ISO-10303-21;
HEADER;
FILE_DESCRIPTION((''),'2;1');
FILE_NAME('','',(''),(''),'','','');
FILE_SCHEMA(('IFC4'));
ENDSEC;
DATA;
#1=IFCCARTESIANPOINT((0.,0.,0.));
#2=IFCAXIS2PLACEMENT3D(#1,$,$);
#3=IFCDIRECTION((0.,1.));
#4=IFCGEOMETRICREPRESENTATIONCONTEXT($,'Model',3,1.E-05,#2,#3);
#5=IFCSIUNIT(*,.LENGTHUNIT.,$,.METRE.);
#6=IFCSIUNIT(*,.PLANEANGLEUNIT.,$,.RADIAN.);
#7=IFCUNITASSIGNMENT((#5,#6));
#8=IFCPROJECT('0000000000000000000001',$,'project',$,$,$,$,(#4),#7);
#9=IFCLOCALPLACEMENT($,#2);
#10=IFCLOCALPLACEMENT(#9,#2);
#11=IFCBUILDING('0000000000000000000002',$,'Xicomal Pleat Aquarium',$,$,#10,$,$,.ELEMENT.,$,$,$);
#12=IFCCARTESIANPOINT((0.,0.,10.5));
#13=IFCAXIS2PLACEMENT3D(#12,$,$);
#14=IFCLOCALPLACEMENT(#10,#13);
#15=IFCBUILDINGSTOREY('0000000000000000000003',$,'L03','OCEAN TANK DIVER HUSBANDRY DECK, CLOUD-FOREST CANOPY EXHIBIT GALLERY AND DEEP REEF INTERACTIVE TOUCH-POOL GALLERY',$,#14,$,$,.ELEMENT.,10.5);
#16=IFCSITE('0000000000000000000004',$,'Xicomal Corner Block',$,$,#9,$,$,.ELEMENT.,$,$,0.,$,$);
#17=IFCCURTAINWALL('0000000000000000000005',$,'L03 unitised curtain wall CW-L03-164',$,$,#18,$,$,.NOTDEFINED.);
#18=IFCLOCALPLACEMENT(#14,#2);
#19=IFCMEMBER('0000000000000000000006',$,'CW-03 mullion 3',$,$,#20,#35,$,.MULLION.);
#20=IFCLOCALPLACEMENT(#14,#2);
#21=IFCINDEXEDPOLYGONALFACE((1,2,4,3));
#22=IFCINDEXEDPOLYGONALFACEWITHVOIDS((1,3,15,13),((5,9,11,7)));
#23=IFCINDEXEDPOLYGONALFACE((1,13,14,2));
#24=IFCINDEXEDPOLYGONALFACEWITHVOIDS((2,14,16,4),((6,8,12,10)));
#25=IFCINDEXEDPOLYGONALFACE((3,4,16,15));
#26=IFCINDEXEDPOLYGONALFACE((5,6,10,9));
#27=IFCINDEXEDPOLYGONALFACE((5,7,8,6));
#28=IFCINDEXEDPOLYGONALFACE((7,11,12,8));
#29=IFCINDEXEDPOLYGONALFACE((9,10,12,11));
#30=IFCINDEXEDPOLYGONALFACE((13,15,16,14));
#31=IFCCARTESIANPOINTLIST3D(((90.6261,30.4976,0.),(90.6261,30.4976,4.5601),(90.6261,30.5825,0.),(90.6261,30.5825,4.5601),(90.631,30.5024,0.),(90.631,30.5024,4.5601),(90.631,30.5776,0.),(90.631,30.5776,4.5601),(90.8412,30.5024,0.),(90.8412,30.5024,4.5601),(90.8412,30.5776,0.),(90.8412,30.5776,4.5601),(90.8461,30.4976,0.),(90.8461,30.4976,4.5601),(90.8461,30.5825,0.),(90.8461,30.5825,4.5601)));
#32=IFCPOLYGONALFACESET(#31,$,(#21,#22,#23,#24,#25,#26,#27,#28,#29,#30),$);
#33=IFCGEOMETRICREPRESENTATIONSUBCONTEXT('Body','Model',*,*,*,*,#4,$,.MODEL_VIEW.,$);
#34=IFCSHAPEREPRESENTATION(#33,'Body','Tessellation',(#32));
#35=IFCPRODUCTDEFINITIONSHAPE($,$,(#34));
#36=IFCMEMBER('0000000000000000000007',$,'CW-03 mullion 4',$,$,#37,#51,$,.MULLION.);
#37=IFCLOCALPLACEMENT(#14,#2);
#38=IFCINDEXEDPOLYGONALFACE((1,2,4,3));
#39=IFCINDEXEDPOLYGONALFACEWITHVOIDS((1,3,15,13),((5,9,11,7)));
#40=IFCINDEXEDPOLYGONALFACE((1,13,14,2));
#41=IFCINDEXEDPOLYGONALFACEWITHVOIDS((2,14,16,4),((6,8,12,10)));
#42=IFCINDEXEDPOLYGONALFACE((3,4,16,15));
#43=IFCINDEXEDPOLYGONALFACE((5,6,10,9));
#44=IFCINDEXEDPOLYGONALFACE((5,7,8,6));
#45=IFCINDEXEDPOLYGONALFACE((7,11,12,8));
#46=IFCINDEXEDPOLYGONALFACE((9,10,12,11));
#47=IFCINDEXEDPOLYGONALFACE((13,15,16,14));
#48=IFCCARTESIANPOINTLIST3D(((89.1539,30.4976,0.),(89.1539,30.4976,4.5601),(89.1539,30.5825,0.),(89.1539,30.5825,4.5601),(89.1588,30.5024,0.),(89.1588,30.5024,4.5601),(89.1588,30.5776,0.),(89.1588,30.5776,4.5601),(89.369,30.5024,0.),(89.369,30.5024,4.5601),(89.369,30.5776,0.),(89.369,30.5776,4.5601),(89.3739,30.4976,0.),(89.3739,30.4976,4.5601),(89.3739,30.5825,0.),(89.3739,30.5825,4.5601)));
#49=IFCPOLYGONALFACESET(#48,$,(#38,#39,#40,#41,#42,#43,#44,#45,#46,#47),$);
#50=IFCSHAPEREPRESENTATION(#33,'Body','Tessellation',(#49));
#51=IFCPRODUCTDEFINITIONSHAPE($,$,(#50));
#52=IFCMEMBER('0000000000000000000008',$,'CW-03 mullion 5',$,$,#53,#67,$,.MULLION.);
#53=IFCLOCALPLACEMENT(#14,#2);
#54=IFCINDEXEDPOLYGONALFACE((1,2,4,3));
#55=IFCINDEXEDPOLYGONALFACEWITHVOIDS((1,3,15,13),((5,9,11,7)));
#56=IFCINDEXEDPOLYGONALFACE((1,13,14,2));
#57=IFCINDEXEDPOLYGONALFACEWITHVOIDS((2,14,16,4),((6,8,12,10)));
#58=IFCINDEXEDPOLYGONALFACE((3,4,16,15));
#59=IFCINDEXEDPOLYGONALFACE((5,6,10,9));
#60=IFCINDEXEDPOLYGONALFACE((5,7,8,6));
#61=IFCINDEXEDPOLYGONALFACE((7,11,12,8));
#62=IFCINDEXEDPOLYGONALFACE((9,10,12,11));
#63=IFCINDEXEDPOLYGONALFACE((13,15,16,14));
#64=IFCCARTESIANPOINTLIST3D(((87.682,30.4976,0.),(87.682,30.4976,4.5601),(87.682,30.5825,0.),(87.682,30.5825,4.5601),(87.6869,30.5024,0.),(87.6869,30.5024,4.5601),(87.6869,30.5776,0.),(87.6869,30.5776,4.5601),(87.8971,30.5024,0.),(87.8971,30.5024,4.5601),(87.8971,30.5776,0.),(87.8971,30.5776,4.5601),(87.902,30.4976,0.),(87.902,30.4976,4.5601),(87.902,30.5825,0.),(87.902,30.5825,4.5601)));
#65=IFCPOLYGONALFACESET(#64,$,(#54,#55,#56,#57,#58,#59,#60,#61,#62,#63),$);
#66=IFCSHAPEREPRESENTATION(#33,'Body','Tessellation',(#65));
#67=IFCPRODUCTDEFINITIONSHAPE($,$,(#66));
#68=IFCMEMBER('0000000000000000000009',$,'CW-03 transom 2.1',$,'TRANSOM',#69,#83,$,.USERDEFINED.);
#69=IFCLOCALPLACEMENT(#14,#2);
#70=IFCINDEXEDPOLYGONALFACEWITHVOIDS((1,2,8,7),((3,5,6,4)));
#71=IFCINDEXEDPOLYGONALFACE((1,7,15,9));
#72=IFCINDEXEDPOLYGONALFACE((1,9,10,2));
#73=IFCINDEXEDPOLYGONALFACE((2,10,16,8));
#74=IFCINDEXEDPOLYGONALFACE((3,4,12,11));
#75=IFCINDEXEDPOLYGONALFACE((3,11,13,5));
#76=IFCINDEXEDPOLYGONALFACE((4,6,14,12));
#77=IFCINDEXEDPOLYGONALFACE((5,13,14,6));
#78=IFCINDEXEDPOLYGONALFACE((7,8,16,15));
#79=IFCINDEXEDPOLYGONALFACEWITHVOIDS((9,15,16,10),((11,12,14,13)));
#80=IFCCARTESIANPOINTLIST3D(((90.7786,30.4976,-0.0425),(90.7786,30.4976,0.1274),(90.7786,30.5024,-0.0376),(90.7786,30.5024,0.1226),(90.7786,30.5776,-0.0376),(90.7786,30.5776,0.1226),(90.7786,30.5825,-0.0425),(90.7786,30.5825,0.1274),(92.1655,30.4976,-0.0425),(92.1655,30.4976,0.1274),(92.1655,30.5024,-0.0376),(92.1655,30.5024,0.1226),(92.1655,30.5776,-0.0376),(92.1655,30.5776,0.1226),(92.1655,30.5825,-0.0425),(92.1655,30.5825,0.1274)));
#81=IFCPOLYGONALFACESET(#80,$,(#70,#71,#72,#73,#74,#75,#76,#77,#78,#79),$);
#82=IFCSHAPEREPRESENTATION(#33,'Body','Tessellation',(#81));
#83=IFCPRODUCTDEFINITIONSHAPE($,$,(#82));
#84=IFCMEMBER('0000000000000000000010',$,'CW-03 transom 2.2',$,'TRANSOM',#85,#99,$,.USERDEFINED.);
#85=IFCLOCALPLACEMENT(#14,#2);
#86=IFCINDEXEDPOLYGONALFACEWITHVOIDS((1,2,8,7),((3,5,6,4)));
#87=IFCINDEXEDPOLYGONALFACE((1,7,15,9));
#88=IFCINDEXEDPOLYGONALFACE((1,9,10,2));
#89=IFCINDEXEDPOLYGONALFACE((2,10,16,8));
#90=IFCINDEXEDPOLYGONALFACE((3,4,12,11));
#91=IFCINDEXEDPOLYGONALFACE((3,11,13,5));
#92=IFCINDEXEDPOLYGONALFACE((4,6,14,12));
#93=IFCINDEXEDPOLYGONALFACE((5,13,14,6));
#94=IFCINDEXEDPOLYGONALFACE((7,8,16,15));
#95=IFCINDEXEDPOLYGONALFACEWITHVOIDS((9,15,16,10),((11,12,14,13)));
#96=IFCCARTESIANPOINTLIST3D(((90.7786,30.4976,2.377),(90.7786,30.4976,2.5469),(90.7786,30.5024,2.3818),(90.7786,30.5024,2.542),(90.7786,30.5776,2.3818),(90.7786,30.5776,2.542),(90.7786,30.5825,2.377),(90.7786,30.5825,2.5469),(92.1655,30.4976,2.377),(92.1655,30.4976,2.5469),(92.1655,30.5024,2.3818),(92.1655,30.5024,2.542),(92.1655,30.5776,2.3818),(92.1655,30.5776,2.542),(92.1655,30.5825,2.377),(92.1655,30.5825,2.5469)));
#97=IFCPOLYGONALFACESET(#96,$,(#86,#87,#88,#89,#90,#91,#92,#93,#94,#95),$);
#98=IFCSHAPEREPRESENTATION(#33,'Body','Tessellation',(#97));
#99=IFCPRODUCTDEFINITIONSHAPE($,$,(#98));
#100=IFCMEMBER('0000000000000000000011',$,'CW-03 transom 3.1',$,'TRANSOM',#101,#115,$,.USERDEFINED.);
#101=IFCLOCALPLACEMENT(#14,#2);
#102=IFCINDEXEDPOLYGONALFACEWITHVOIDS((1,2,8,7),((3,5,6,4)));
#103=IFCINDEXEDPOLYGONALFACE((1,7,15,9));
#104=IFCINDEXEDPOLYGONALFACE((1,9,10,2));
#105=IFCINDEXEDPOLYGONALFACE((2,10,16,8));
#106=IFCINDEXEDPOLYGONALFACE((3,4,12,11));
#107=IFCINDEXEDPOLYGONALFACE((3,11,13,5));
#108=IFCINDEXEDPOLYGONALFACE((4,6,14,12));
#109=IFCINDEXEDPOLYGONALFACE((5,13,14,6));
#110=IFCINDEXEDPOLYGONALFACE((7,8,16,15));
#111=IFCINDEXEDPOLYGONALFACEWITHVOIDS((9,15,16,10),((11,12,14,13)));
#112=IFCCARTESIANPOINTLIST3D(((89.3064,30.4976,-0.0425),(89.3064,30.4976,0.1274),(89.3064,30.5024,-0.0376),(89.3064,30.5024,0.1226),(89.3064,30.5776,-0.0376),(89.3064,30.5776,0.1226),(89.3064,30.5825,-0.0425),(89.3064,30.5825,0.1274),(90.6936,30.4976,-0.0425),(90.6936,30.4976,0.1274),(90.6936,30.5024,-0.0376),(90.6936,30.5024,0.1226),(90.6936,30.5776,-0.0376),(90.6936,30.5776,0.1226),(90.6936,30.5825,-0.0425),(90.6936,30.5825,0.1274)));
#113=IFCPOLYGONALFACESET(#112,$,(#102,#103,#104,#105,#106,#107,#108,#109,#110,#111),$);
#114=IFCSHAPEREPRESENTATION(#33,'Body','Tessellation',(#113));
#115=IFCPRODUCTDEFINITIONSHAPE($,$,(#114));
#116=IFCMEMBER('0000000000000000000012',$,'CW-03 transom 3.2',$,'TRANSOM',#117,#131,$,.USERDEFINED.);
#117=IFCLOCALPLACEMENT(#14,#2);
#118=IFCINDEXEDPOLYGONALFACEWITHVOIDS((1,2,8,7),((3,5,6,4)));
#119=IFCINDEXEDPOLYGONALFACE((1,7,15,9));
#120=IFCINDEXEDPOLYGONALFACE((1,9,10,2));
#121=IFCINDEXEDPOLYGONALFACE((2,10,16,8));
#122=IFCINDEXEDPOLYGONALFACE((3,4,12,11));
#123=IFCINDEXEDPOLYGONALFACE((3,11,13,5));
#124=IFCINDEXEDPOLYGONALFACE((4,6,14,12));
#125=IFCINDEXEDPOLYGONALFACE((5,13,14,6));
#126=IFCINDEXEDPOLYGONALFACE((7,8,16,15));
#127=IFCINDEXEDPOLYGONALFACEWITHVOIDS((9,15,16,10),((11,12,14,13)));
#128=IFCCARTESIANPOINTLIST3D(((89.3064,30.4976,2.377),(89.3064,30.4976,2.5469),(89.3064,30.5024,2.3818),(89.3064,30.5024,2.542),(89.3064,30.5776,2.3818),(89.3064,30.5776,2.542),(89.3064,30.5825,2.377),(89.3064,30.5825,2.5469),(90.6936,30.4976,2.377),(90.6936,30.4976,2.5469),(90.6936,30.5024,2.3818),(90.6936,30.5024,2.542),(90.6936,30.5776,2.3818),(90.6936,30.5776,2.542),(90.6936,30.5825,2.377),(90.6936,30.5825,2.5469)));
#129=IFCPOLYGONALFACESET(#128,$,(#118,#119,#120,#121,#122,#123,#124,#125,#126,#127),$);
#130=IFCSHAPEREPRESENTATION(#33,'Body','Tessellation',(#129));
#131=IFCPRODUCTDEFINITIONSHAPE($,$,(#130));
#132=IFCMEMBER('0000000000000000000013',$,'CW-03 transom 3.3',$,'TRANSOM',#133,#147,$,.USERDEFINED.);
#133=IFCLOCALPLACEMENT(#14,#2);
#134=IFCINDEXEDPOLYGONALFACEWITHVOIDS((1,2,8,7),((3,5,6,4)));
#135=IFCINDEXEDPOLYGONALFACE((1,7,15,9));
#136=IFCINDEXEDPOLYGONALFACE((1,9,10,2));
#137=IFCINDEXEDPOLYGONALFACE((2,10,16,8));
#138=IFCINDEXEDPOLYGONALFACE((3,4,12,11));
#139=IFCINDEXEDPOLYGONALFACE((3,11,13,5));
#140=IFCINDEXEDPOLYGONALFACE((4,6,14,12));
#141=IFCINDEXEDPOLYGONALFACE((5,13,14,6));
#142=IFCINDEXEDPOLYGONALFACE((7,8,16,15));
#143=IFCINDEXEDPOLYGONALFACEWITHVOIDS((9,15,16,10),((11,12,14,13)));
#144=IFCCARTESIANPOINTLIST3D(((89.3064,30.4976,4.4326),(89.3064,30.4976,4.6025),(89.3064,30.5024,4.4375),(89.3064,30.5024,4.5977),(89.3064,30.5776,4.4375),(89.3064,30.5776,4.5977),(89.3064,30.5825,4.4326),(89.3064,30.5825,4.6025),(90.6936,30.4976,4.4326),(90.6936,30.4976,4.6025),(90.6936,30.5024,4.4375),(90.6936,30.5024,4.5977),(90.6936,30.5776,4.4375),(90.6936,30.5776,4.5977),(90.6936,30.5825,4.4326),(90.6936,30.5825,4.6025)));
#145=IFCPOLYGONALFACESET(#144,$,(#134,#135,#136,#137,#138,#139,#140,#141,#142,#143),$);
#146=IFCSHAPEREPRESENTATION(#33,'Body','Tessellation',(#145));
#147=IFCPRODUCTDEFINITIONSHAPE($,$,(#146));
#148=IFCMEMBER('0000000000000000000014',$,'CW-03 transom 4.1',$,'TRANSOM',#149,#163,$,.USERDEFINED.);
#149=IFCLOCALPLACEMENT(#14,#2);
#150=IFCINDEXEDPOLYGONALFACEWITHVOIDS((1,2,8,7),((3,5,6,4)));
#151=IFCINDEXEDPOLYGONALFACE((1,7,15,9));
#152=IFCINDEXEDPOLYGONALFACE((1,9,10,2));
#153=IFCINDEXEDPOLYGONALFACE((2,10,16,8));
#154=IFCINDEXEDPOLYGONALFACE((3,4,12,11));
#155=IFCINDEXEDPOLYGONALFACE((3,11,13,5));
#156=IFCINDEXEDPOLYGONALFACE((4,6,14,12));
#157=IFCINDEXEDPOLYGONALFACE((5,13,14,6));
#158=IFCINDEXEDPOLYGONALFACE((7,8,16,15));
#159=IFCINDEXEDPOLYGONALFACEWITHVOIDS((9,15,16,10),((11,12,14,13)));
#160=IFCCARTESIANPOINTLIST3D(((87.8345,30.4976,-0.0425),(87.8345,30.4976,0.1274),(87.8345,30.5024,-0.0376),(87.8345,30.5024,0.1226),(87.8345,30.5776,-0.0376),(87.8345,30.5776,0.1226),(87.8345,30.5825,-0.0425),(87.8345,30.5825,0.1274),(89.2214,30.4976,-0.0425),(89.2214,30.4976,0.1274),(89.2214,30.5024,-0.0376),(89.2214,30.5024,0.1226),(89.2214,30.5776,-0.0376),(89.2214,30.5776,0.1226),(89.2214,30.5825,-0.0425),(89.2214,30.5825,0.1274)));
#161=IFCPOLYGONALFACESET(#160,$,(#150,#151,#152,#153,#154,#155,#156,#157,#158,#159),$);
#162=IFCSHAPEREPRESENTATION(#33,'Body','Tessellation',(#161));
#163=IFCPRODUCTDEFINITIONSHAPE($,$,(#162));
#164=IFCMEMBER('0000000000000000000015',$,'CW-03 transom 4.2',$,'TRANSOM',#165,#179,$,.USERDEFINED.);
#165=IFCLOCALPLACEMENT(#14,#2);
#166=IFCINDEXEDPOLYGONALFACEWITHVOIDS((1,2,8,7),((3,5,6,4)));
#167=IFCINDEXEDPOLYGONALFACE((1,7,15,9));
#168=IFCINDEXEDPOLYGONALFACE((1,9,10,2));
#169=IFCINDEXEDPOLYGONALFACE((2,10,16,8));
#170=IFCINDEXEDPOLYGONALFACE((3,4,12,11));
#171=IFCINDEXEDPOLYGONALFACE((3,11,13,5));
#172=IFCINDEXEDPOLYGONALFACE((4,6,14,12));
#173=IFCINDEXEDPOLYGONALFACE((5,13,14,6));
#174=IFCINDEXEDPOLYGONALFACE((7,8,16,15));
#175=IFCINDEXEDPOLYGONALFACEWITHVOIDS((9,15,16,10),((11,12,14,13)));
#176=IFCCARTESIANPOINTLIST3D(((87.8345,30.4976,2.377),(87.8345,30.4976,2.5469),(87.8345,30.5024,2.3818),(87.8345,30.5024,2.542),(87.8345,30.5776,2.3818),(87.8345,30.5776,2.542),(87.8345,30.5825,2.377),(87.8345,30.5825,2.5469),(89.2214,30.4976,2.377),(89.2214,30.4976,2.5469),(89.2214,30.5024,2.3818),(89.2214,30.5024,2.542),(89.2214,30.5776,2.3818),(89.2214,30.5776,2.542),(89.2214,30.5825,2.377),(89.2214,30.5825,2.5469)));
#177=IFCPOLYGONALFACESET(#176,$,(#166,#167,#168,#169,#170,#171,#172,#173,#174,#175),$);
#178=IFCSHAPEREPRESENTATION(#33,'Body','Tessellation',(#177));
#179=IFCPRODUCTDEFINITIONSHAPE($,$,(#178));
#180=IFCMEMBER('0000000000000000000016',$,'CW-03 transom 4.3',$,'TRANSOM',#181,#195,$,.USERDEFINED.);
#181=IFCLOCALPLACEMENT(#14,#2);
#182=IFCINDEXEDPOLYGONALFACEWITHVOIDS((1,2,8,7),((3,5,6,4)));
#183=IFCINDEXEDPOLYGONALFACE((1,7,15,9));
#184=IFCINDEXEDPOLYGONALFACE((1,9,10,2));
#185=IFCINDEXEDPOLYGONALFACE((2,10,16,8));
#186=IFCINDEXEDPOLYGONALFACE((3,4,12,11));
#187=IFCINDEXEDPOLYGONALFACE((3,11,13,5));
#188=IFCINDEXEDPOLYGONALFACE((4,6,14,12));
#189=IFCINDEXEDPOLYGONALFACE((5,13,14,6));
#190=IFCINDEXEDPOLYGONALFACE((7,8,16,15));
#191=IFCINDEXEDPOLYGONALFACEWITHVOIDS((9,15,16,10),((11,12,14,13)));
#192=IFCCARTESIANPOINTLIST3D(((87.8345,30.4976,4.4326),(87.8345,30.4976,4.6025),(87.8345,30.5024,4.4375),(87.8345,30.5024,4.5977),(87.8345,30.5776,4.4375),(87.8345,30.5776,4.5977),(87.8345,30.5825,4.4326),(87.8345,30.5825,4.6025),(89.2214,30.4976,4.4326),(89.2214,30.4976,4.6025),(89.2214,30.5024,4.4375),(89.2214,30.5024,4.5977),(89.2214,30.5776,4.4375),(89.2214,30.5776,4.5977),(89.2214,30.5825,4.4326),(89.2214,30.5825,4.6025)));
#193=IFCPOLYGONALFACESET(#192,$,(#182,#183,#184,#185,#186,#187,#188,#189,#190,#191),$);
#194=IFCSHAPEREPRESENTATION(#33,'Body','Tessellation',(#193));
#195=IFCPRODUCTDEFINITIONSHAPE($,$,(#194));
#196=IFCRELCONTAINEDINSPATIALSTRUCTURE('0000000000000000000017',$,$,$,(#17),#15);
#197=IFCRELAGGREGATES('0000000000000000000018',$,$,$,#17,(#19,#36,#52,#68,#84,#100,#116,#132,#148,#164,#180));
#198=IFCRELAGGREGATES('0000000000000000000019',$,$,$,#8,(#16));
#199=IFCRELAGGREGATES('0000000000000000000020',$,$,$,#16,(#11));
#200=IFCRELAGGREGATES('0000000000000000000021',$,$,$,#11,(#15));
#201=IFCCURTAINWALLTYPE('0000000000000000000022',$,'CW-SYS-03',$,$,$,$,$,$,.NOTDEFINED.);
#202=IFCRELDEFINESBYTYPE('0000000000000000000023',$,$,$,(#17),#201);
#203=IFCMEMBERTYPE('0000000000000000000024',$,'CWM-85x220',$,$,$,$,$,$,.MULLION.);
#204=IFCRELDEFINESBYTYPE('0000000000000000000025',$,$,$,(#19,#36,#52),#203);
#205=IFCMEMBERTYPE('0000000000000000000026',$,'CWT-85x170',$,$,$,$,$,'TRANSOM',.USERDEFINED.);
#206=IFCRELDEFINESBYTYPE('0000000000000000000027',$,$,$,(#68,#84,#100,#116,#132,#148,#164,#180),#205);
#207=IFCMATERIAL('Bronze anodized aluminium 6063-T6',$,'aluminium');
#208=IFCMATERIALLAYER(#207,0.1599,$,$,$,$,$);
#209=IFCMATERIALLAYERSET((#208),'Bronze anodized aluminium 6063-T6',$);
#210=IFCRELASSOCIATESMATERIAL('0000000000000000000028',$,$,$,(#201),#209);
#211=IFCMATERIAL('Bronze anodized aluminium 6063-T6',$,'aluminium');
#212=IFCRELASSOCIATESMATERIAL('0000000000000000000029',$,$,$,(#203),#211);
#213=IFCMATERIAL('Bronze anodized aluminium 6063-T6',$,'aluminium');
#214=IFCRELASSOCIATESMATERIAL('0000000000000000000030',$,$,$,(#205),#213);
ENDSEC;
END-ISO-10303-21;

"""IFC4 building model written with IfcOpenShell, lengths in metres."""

from ifc_helpers import new_model, si_unit, direction, frame, origin, origin_2d, place, context, subcontext, project, spatial, hollow_rectangle, extrude, material, layer, layer_set, material_profile, profile_set, type_object, element, aggregate, save


model = new_model("IFC4")

# Units and contexts
model_context = context("Model", 3, precision=1e-05, world=origin(), true_north=direction((0.0, 1.0)))
body_context = subcontext(model_context, "Body", "Model", "MODEL_VIEW")
ifc_project = project(units=[si_unit("LENGTHUNIT", "METRE"), si_unit("PLANEANGLEUNIT", "RADIAN")], contexts=[model_context])

# Site, building, storey
site_placement = place(None, origin())
site = spatial("IfcSite", under=ifc_project, at=site_placement, Name="Xicomal Corner Block", CompositionType="ELEMENT", RefElevation=0.0)
building_placement = place(site_placement, origin())
building = spatial("IfcBuilding", under=site, at=building_placement, Name="Xicomal Pleat Aquarium", CompositionType="ELEMENT")
storey_placement = place(building_placement, frame((0.0, 0.0, 10.5)))
storey = spatial("IfcBuildingStorey", under=building, at=storey_placement, Name="L03", Description="OCEAN TANK DIVER HUSBANDRY DECK, CLOUD-FOREST CANOPY EXHIBIT GALLERY AND DEEP REEF INTERACTIVE TOUCH-POOL GALLERY", CompositionType="ELEMENT", Elevation=10.5)

# Curtain wall, members
ifc_material_1 = material(Name="Bronze anodized aluminium 6063-T6", Category="aluminium")
ifc_layer_1 = layer(ifc_material_1, 0.1599)
ifc_layer_set_1 = layer_set([ifc_layer_1], Name="Bronze anodized aluminium 6063-T6")
curtain_wall_type = type_object("IfcCurtainWallType", Name="CW-SYS-03", PredefinedType="NOTDEFINED", material=ifc_layer_set_1)
curtain_wall_placement = place(storey_placement, origin())
curtain_wall = element("IfcCurtainWall", 1, at=curtain_wall_placement, inside=storey, type_object=curtain_wall_type, Name="L03 unitised curtain wall CW-L03-164", PredefinedType="NOTDEFINED")
ifc_material_2 = material(Name="Bronze anodized aluminium 6063-T6", Category="aluminium")
ifc_material_profile_1 = material_profile(ifc_material_2, hollow_rectangle(XDim=0.085, YDim=0.22, WallThickness=0.0049, at=origin_2d()), Name="ALU MULL 85x220")
ifc_profile_set_1 = profile_set([ifc_material_profile_1], Name="Bronze anodized aluminium 6063-T6")
member_type_1 = type_object("IfcMemberType", Name="CWM-85x220", PredefinedType="MULLION", material=ifc_profile_set_1)
member_1_placement = place(storey_placement, frame((90.7361, 30.54, 0.0), z_axis=(0.0, 0.0, 1.0), x_axis=(0.0, -1.0, 0.0)))
member_1 = element("IfcMember", 2, at=member_1_placement, type_object=member_type_1, Name="CW-03 mullion 3", PredefinedType="MULLION", context=body_context, shape_type="SweptSolid", body=[
    extrude(hollow_rectangle(XDim=0.085, YDim=0.22, WallThickness=0.0049, at=origin_2d()), origin(), (0.0, 0.0, 1.0), 4.5601),
])
member_2_placement = place(storey_placement, frame((89.2639, 30.54, 0.0), z_axis=(0.0, 0.0, 1.0), x_axis=(0.0, -1.0, 0.0)))
member_2 = element("IfcMember", 3, at=member_2_placement, type_object=member_type_1, Name="CW-03 mullion 4", PredefinedType="MULLION", context=body_context, shape_type="SweptSolid", body=[
    extrude(hollow_rectangle(XDim=0.085, YDim=0.22, WallThickness=0.0049, at=origin_2d()), origin(), (0.0, 0.0, 1.0), 4.5601),
])
member_3_placement = place(storey_placement, frame((87.792, 30.54, 0.0), z_axis=(0.0, 0.0, 1.0), x_axis=(0.0, -1.0, 0.0)))
member_3 = element("IfcMember", 4, at=member_3_placement, type_object=member_type_1, Name="CW-03 mullion 5", PredefinedType="MULLION", context=body_context, shape_type="SweptSolid", body=[
    extrude(hollow_rectangle(XDim=0.085, YDim=0.22, WallThickness=0.0049, at=origin_2d()), origin(), (0.0, 0.0, 1.0), 4.5601),
])
ifc_material_3 = material(Name="Bronze anodized aluminium 6063-T6", Category="aluminium")
ifc_material_profile_2 = material_profile(ifc_material_3, hollow_rectangle(XDim=0.085, YDim=0.1699, WallThickness=0.0049, at=origin_2d()), Name="ALU TRAN 85x170")
ifc_profile_set_2 = profile_set([ifc_material_profile_2], Name="Bronze anodized aluminium 6063-T6")
member_type_2 = type_object("IfcMemberType", Name="CWT-85x170", ElementType="TRANSOM", PredefinedType="USERDEFINED", material=ifc_profile_set_2)
member_4_placement = place(storey_placement, frame((92.1655, 30.54, 0.0425), z_axis=(-1.0, 0.0, 0.0), x_axis=(0.0, -1.0, 0.0)))
member_4 = element("IfcMember", 5, at=member_4_placement, type_object=member_type_2, Name="CW-03 transom 2.1", ObjectType="TRANSOM", PredefinedType="USERDEFINED", context=body_context, shape_type="SweptSolid", body=[
    extrude(hollow_rectangle(XDim=0.085, YDim=0.1699, WallThickness=0.0049, at=origin_2d()), origin(), (0.0, 0.0, 1.0), 1.387),
])
member_5_placement = place(storey_placement, frame((92.1655, 30.54, 2.4619), z_axis=(-1.0, 0.0, 0.0), x_axis=(0.0, -1.0, 0.0)))
member_5 = element("IfcMember", 6, at=member_5_placement, type_object=member_type_2, Name="CW-03 transom 2.2", ObjectType="TRANSOM", PredefinedType="USERDEFINED", context=body_context, shape_type="SweptSolid", body=[
    extrude(hollow_rectangle(XDim=0.085, YDim=0.1699, WallThickness=0.0049, at=origin_2d()), origin(), (0.0, 0.0, 1.0), 1.387),
])
member_6_placement = place(storey_placement, frame((90.6936, 30.54, 0.0425), z_axis=(-1.0, 0.0, 0.0), x_axis=(0.0, -1.0, 0.0)))
member_6 = element("IfcMember", 7, at=member_6_placement, type_object=member_type_2, Name="CW-03 transom 3.1", ObjectType="TRANSOM", PredefinedType="USERDEFINED", context=body_context, shape_type="SweptSolid", body=[
    extrude(hollow_rectangle(XDim=0.085, YDim=0.1699, WallThickness=0.0049, at=origin_2d()), origin(), (0.0, 0.0, 1.0), 1.3872),
])
member_7_placement = place(storey_placement, frame((90.6936, 30.54, 2.4619), z_axis=(-1.0, 0.0, 0.0), x_axis=(0.0, -1.0, 0.0)))
member_7 = element("IfcMember", 8, at=member_7_placement, type_object=member_type_2, Name="CW-03 transom 3.2", ObjectType="TRANSOM", PredefinedType="USERDEFINED", context=body_context, shape_type="SweptSolid", body=[
    extrude(hollow_rectangle(XDim=0.085, YDim=0.1699, WallThickness=0.0049, at=origin_2d()), origin(), (0.0, 0.0, 1.0), 1.3872),
])
member_8_placement = place(storey_placement, frame((90.6936, 30.54, 4.5176), z_axis=(-1.0, 0.0, 0.0), x_axis=(0.0, -1.0, 0.0)))
member_8 = element("IfcMember", 9, at=member_8_placement, type_object=member_type_2, Name="CW-03 transom 3.3", ObjectType="TRANSOM", PredefinedType="USERDEFINED", context=body_context, shape_type="SweptSolid", body=[
    extrude(hollow_rectangle(XDim=0.085, YDim=0.1699, WallThickness=0.0049, at=origin_2d()), origin(), (0.0, 0.0, 1.0), 1.3872),
])
member_9_placement = place(storey_placement, frame((89.2214, 30.54, 0.0425), z_axis=(-1.0, 0.0, 0.0), x_axis=(0.0, -1.0, 0.0)))
member_9 = element("IfcMember", 10, at=member_9_placement, type_object=member_type_2, Name="CW-03 transom 4.1", ObjectType="TRANSOM", PredefinedType="USERDEFINED", context=body_context, shape_type="SweptSolid", body=[
    extrude(hollow_rectangle(XDim=0.085, YDim=0.1699, WallThickness=0.0049, at=origin_2d()), origin(), (0.0, 0.0, 1.0), 1.387),
])
member_10_placement = place(storey_placement, frame((89.2214, 30.54, 2.4619), z_axis=(-1.0, 0.0, 0.0), x_axis=(0.0, -1.0, 0.0)))
member_10 = element("IfcMember", 11, at=member_10_placement, type_object=member_type_2, Name="CW-03 transom 4.2", ObjectType="TRANSOM", PredefinedType="USERDEFINED", context=body_context, shape_type="SweptSolid", body=[
    extrude(hollow_rectangle(XDim=0.085, YDim=0.1699, WallThickness=0.0049, at=origin_2d()), origin(), (0.0, 0.0, 1.0), 1.387),
])
member_11_placement = place(storey_placement, frame((89.2214, 30.54, 4.5176), z_axis=(-1.0, 0.0, 0.0), x_axis=(0.0, -1.0, 0.0)))
member_11 = element("IfcMember", 12, at=member_11_placement, type_object=member_type_2, Name="CW-03 transom 4.3", ObjectType="TRANSOM", PredefinedType="USERDEFINED", context=body_context, shape_type="SweptSolid", body=[
    extrude(hollow_rectangle(XDim=0.085, YDim=0.1699, WallThickness=0.0049, at=origin_2d()), origin(), (0.0, 0.0, 1.0), 1.387),
])
aggregate(curtain_wall, [member_1, member_2, member_3, member_4, member_5, member_6, member_7, member_8, member_9, member_10, member_11])

save(model, "model.ifc")
